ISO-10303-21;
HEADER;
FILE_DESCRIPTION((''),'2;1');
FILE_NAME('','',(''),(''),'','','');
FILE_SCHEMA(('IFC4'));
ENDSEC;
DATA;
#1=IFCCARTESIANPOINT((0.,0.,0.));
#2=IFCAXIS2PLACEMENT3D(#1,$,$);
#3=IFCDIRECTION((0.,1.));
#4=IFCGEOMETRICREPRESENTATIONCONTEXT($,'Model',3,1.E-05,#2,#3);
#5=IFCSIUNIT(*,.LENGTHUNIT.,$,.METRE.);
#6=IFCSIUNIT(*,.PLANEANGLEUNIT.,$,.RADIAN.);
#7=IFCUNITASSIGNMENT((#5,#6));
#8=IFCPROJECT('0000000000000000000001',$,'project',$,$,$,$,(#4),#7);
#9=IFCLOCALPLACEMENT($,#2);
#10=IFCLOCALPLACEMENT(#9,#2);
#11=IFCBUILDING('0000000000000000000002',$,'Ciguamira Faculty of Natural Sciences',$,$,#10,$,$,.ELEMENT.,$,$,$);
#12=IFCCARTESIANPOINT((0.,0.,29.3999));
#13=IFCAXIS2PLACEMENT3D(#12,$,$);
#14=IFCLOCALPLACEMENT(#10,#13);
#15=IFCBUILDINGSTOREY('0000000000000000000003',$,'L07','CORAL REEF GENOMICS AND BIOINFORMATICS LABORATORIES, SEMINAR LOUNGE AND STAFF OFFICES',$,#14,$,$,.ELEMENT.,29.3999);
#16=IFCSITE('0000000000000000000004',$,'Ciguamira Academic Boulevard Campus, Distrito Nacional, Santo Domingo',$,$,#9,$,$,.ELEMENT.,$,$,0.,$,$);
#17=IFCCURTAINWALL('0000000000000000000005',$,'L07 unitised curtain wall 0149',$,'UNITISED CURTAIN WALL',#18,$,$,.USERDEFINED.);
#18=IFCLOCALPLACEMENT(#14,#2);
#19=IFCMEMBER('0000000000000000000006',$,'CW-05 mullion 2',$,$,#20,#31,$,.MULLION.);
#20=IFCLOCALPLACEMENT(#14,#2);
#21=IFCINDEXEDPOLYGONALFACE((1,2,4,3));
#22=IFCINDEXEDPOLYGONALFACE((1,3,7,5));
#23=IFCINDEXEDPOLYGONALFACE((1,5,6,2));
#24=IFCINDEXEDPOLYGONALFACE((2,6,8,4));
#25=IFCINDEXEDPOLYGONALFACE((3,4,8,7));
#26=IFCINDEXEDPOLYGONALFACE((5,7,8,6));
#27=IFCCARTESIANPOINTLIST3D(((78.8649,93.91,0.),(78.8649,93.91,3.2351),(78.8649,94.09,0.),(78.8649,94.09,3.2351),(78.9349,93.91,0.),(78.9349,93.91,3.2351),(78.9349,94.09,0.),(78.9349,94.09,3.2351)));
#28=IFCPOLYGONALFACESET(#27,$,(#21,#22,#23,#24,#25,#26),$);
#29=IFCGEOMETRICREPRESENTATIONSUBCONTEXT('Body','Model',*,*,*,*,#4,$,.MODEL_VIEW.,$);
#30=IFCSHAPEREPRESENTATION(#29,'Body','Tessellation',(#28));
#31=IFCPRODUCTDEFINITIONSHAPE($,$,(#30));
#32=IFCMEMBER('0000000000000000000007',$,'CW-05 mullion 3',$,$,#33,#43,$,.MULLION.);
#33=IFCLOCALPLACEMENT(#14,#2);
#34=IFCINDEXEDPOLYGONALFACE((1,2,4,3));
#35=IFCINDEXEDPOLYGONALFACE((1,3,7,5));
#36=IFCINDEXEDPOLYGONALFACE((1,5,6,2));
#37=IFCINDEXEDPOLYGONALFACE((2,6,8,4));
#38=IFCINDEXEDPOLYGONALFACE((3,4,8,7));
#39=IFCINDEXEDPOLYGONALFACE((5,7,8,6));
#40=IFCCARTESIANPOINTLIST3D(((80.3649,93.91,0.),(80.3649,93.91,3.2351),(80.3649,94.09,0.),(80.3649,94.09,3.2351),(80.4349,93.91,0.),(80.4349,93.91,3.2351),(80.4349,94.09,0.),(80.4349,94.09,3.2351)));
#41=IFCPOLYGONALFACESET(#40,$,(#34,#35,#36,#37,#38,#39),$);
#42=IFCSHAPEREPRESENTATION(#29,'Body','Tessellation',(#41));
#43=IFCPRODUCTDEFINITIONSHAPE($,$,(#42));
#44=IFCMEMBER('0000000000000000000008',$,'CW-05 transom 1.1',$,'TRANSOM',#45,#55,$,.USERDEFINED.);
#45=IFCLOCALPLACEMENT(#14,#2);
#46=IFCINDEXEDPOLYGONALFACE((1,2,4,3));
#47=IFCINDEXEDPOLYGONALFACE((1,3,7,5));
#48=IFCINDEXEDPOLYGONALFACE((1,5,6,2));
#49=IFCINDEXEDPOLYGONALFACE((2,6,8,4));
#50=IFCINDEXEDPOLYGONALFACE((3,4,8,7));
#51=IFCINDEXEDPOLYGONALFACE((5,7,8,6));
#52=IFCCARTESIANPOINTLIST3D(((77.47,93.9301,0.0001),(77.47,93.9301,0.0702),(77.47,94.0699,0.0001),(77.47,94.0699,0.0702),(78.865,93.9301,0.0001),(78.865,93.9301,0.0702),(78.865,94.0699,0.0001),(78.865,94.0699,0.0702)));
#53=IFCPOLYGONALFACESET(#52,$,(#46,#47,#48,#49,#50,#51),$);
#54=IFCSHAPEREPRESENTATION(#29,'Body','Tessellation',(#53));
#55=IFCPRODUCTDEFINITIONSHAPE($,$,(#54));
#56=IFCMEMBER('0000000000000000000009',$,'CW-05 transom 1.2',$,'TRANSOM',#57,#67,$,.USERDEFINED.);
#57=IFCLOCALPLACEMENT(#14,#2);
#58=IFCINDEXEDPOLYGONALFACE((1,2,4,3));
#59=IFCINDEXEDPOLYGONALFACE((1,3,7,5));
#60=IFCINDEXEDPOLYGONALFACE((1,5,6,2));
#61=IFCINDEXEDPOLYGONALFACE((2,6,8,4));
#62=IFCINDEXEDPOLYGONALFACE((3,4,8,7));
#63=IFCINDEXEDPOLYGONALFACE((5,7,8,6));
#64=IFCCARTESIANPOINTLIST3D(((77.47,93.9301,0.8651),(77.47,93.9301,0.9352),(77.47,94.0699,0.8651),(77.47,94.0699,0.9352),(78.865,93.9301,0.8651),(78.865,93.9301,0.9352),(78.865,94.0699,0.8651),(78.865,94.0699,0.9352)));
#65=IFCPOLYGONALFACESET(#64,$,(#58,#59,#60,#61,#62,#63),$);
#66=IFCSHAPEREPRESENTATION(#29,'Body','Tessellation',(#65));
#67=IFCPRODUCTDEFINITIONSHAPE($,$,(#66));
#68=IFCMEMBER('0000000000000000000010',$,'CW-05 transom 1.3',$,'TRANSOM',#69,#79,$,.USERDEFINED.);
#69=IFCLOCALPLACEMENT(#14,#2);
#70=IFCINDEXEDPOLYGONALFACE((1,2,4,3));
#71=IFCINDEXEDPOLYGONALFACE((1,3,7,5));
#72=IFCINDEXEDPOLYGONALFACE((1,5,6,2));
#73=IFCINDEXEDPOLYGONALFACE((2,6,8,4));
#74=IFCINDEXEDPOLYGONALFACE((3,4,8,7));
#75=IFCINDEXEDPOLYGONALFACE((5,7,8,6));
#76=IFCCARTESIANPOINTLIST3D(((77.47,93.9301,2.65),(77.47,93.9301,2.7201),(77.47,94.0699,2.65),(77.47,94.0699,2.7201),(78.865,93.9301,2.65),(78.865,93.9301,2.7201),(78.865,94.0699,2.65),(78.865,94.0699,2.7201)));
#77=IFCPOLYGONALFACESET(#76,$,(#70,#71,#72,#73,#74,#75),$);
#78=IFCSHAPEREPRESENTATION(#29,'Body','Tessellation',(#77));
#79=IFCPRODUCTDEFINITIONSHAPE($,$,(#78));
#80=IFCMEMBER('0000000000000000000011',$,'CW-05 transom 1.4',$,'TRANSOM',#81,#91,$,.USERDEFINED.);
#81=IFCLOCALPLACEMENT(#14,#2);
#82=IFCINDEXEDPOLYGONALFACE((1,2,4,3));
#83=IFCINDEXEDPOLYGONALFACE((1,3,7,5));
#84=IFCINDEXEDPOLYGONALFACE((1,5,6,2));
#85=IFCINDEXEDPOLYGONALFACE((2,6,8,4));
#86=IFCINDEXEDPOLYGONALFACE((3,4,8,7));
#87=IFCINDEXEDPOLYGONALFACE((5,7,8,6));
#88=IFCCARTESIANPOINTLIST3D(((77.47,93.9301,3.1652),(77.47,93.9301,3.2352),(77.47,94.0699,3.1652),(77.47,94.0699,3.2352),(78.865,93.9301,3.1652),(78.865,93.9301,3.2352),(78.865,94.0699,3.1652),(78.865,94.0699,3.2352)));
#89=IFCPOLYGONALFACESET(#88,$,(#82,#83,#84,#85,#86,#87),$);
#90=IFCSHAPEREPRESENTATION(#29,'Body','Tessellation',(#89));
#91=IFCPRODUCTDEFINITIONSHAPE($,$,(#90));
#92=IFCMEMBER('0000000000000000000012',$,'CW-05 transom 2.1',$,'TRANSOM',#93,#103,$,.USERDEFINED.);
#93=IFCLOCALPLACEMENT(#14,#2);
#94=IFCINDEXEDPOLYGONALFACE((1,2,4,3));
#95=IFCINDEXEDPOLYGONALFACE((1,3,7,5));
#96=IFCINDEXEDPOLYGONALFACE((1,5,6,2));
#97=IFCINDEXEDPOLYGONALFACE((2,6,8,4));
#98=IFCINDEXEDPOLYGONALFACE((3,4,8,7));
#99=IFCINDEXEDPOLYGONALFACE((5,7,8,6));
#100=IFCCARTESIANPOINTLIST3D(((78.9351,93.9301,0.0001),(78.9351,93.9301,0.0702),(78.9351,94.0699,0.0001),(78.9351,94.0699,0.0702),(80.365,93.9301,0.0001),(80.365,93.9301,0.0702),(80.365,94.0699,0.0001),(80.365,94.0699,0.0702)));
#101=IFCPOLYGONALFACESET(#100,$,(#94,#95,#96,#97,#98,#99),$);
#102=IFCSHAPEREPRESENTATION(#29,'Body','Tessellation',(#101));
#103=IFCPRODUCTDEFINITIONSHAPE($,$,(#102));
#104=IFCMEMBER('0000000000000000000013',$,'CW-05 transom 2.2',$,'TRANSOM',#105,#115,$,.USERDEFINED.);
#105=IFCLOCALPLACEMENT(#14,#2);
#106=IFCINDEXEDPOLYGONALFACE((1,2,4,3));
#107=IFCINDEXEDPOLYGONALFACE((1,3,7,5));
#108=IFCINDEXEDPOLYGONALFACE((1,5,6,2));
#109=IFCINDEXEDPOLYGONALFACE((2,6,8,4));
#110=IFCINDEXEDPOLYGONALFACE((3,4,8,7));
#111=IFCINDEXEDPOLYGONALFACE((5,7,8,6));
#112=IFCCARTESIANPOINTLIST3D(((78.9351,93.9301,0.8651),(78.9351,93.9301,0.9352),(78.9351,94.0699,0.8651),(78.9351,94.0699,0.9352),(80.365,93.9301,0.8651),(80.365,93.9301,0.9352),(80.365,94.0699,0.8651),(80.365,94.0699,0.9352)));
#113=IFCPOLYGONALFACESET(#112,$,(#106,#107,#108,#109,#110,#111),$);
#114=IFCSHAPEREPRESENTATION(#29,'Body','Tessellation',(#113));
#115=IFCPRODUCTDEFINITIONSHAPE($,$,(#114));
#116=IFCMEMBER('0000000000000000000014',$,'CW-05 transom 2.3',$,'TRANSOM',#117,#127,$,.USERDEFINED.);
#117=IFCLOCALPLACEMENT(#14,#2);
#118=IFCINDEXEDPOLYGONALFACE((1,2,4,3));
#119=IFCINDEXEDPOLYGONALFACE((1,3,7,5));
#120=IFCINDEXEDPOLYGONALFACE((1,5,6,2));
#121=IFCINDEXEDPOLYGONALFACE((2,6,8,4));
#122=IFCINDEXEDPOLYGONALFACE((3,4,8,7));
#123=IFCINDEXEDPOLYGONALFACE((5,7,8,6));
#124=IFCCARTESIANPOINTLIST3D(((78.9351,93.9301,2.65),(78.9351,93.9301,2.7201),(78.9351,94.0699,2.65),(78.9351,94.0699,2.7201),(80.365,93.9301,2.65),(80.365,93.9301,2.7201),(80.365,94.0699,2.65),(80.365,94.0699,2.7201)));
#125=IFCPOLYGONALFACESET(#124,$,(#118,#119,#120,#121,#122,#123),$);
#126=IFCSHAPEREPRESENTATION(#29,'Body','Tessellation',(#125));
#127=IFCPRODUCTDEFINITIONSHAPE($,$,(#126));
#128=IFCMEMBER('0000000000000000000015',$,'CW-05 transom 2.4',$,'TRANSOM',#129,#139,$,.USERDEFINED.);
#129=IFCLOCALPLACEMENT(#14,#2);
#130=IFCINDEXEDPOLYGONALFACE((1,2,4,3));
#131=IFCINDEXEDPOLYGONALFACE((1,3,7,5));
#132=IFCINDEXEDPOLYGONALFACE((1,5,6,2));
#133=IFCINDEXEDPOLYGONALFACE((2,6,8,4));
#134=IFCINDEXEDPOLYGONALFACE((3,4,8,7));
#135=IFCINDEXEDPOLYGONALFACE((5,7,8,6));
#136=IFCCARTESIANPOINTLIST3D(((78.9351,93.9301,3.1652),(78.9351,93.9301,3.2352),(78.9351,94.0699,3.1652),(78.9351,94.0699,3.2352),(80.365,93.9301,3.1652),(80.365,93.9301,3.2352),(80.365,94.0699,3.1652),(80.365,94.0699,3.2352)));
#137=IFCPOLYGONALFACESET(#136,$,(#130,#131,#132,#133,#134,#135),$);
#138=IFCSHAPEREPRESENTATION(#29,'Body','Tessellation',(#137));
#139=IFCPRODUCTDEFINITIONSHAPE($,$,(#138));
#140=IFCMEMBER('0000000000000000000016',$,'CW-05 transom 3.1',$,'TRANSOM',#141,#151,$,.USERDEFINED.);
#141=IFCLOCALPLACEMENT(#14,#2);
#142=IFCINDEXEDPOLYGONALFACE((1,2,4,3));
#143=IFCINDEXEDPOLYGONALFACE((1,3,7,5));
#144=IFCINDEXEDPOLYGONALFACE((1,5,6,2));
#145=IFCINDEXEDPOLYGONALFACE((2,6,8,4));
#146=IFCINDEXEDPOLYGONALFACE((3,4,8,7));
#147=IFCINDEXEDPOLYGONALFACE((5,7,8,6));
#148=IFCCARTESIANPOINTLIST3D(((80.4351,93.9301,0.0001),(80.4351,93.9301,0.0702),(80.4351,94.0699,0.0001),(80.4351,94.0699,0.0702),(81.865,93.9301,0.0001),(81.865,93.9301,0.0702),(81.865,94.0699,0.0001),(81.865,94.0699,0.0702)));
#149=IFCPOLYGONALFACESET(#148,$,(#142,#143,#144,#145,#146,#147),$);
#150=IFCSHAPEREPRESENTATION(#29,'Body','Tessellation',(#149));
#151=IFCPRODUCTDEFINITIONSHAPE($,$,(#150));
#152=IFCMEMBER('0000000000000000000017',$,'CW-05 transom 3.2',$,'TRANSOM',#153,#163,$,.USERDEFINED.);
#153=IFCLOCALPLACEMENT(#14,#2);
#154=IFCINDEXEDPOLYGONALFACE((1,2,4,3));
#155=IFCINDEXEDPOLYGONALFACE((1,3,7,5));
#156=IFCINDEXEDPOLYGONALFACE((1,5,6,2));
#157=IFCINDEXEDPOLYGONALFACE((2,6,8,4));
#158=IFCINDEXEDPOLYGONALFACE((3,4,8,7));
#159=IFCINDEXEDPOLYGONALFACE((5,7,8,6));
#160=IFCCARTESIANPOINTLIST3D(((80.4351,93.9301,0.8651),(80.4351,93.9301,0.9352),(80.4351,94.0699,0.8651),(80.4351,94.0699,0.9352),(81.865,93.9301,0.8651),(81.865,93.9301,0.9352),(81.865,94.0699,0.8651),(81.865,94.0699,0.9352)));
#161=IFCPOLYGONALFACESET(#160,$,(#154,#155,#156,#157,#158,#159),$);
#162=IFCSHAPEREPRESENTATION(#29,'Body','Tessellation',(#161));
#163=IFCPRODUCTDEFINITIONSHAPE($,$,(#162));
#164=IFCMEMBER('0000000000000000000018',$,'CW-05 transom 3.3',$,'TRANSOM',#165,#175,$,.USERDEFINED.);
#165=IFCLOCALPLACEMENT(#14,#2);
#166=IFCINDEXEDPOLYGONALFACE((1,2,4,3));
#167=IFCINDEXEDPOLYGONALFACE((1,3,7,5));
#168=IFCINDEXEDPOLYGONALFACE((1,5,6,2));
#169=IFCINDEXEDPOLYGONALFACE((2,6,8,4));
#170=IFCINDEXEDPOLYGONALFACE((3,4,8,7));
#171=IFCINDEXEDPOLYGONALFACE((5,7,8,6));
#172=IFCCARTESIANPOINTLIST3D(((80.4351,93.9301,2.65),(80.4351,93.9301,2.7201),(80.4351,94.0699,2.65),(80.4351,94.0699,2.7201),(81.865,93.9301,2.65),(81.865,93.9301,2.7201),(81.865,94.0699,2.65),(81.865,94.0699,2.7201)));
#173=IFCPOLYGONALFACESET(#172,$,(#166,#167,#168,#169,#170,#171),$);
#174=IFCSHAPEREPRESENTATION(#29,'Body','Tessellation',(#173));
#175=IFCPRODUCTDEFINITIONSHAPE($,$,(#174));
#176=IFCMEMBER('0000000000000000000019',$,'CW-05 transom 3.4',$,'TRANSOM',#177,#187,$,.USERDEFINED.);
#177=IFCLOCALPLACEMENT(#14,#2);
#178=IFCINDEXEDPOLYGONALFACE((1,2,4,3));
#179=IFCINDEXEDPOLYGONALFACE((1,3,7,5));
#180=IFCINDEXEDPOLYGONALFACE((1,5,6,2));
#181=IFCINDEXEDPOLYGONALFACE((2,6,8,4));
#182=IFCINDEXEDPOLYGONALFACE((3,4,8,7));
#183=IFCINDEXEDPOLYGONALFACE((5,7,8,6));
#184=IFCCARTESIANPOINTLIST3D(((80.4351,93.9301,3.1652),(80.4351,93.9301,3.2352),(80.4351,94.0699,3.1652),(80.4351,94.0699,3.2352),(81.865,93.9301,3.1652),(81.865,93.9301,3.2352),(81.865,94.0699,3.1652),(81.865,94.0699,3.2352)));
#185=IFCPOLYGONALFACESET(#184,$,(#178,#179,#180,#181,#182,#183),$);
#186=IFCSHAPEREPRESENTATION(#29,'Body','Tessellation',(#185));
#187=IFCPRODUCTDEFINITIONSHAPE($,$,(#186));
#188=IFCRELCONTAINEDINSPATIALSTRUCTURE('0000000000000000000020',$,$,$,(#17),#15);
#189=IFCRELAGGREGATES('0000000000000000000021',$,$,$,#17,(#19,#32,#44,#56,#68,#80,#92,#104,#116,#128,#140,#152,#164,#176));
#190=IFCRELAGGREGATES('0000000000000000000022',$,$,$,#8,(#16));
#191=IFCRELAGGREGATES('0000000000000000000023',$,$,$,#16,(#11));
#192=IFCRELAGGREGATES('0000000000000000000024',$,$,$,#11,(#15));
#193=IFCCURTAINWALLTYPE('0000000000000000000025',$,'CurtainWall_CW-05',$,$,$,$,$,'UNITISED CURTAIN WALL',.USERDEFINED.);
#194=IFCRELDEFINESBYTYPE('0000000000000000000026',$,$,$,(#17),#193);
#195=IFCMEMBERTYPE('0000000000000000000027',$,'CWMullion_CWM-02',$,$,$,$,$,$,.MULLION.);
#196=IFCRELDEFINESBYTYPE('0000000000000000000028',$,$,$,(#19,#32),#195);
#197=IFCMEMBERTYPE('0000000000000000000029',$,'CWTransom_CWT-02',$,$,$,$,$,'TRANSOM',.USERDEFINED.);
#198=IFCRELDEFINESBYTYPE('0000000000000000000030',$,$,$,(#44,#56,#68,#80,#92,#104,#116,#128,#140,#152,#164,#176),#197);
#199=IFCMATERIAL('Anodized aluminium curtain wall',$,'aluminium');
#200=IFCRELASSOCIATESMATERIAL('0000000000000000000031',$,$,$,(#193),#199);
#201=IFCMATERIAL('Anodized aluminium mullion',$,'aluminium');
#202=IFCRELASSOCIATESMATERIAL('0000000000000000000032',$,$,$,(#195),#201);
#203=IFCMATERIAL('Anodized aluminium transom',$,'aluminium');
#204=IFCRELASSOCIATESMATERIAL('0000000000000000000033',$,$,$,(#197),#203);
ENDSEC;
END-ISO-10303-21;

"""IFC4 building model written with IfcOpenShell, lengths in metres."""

from ifc_helpers import new_model, si_unit, direction, frame, origin, origin_2d, place, context, subcontext, project, spatial, rectangle, extrude, material, material_profile, profile_set, type_object, element, aggregate, save


model = new_model("IFC4")

# Units and contexts
model_context = context("Model", 3, precision=1e-05, world=origin(), true_north=direction((0.0, 1.0)))
body_context = subcontext(model_context, "Body", "Model", "MODEL_VIEW")
ifc_project = project(units=[si_unit("LENGTHUNIT", "METRE"), si_unit("PLANEANGLEUNIT", "RADIAN")], contexts=[model_context])

# Site, building, storey
site_placement = place(None, origin())
site = spatial("IfcSite", under=ifc_project, at=site_placement, Name="Ciguamira Academic Boulevard Campus, Distrito Nacional, Santo Domingo", CompositionType="ELEMENT", RefElevation=0.0)
building_placement = place(site_placement, origin())
building = spatial("IfcBuilding", under=site, at=building_placement, Name="Ciguamira Faculty of Natural Sciences", CompositionType="ELEMENT")
storey_placement = place(building_placement, frame((0.0, 0.0, 29.3999)))
storey = spatial("IfcBuildingStorey", under=building, at=storey_placement, Name="L07", Description="CORAL REEF GENOMICS AND BIOINFORMATICS LABORATORIES, SEMINAR LOUNGE AND STAFF OFFICES", CompositionType="ELEMENT", Elevation=29.3999)

# Curtain wall, members
ifc_material_1 = material(Name="Anodized aluminium curtain wall", Category="aluminium")
curtain_wall_type = type_object("IfcCurtainWallType", Name="CurtainWall_CW-05", ElementType="UNITISED CURTAIN WALL", PredefinedType="USERDEFINED", material=ifc_material_1)
curtain_wall_placement = place(storey_placement, origin())
curtain_wall = element("IfcCurtainWall", 1, at=curtain_wall_placement, inside=storey, type_object=curtain_wall_type, Name="L07 unitised curtain wall 0149", ObjectType="UNITISED CURTAIN WALL", PredefinedType="USERDEFINED")
ifc_material_2 = material(Name="Anodized aluminium mullion", Category="aluminium")
ifc_material_profile_1 = material_profile(ifc_material_2, rectangle(XDim=0.0701, YDim=0.1799, at=origin_2d()), Name="ALU-MUL-70X180")
ifc_profile_set_1 = profile_set([ifc_material_profile_1], Name="Anodized aluminium mullion")
member_type_1 = type_object("IfcMemberType", Name="CWMullion_CWM-02", PredefinedType="MULLION", material=ifc_profile_set_1)
member_1_placement = place(storey_placement, frame((78.8999, 94.0, 0.0), z_axis=(0.0, 0.0, 1.0), x_axis=(1.0, 0.0, 0.0)))
member_1 = element("IfcMember", 2, at=member_1_placement, type_object=member_type_1, Name="CW-05 mullion 2", PredefinedType="MULLION", context=body_context, shape_type="SweptSolid", body=[
    extrude(rectangle(XDim=0.0701, YDim=0.1799, at=origin_2d()), origin(), (0.0, 0.0, 1.0), 3.2351),
])
member_2_placement = place(storey_placement, frame((80.3999, 94.0, 0.0), z_axis=(0.0, 0.0, 1.0), x_axis=(1.0, 0.0, 0.0)))
member_2 = element("IfcMember", 3, at=member_2_placement, type_object=member_type_1, Name="CW-05 mullion 3", PredefinedType="MULLION", context=body_context, shape_type="SweptSolid", body=[
    extrude(rectangle(XDim=0.0701, YDim=0.1799, at=origin_2d()), origin(), (0.0, 0.0, 1.0), 3.2351),
])
ifc_material_3 = material(Name="Anodized aluminium transom", Category="aluminium")
ifc_material_profile_2 = material_profile(ifc_material_3, rectangle(XDim=0.0701, YDim=0.1399, at=origin_2d()), Name="ALU-TRN-70X140")
ifc_profile_set_2 = profile_set([ifc_material_profile_2], Name="Anodized aluminium transom")
member_type_2 = type_object("IfcMemberType", Name="CWTransom_CWT-02", ElementType="TRANSOM", PredefinedType="USERDEFINED", material=ifc_profile_set_2)
member_3_placement = place(storey_placement, frame((77.47, 94.0, 0.0352), z_axis=(1.0, 0.0, 0.0), x_axis=(0.0, 0.0, 1.0)))
member_3 = element("IfcMember", 4, at=member_3_placement, type_object=member_type_2, Name="CW-05 transom 1.1", ObjectType="TRANSOM", PredefinedType="USERDEFINED", context=body_context, shape_type="SweptSolid", body=[
    extrude(rectangle(XDim=0.0701, YDim=0.1399, at=origin_2d()), origin(), (0.0, 0.0, 1.0), 1.395),
])
member_4_placement = place(storey_placement, frame((77.47, 94.0, 0.9001), z_axis=(1.0, 0.0, 0.0), x_axis=(0.0, 0.0, 1.0)))
member_4 = element("IfcMember", 5, at=member_4_placement, type_object=member_type_2, Name="CW-05 transom 1.2", ObjectType="TRANSOM", PredefinedType="USERDEFINED", context=body_context, shape_type="SweptSolid", body=[
    extrude(rectangle(XDim=0.0701, YDim=0.1399, at=origin_2d()), origin(), (0.0, 0.0, 1.0), 1.395),
])
member_5_placement = place(storey_placement, frame((77.47, 94.0, 2.6851), z_axis=(1.0, 0.0, 0.0), x_axis=(0.0, 0.0, 1.0)))
member_5 = element("IfcMember", 6, at=member_5_placement, type_object=member_type_2, Name="CW-05 transom 1.3", ObjectType="TRANSOM", PredefinedType="USERDEFINED", context=body_context, shape_type="SweptSolid", body=[
    extrude(rectangle(XDim=0.0701, YDim=0.1399, at=origin_2d()), origin(), (0.0, 0.0, 1.0), 1.395),
])
member_6_placement = place(storey_placement, frame((77.47, 94.0, 3.2002), z_axis=(1.0, 0.0, 0.0), x_axis=(0.0, 0.0, 1.0)))
member_6 = element("IfcMember", 7, at=member_6_placement, type_object=member_type_2, Name="CW-05 transom 1.4", ObjectType="TRANSOM", PredefinedType="USERDEFINED", context=body_context, shape_type="SweptSolid", body=[
    extrude(rectangle(XDim=0.0701, YDim=0.1399, at=origin_2d()), origin(), (0.0, 0.0, 1.0), 1.395),
])
member_7_placement = place(storey_placement, frame((78.9351, 94.0, 0.0352), z_axis=(1.0, 0.0, 0.0), x_axis=(0.0, 0.0, 1.0)))
member_7 = element("IfcMember", 8, at=member_7_placement, type_object=member_type_2, Name="CW-05 transom 2.1", ObjectType="TRANSOM", PredefinedType="USERDEFINED", context=body_context, shape_type="SweptSolid", body=[
    extrude(rectangle(XDim=0.0701, YDim=0.1399, at=origin_2d()), origin(), (0.0, 0.0, 1.0), 1.4299),
])
member_8_placement = place(storey_placement, frame((78.9351, 94.0, 0.9001), z_axis=(1.0, 0.0, 0.0), x_axis=(0.0, 0.0, 1.0)))
member_8 = element("IfcMember", 9, at=member_8_placement, type_object=member_type_2, Name="CW-05 transom 2.2", ObjectType="TRANSOM", PredefinedType="USERDEFINED", context=body_context, shape_type="SweptSolid", body=[
    extrude(rectangle(XDim=0.0701, YDim=0.1399, at=origin_2d()), origin(), (0.0, 0.0, 1.0), 1.4299),
])
member_9_placement = place(storey_placement, frame((78.9351, 94.0, 2.6851), z_axis=(1.0, 0.0, 0.0), x_axis=(0.0, 0.0, 1.0)))
member_9 = element("IfcMember", 10, at=member_9_placement, type_object=member_type_2, Name="CW-05 transom 2.3", ObjectType="TRANSOM", PredefinedType="USERDEFINED", context=body_context, shape_type="SweptSolid", body=[
    extrude(rectangle(XDim=0.0701, YDim=0.1399, at=origin_2d()), origin(), (0.0, 0.0, 1.0), 1.4299),
])
member_10_placement = place(storey_placement, frame((78.9351, 94.0, 3.2002), z_axis=(1.0, 0.0, 0.0), x_axis=(0.0, 0.0, 1.0)))
member_10 = element("IfcMember", 11, at=member_10_placement, type_object=member_type_2, Name="CW-05 transom 2.4", ObjectType="TRANSOM", PredefinedType="USERDEFINED", context=body_context, shape_type="SweptSolid", body=[
    extrude(rectangle(XDim=0.0701, YDim=0.1399, at=origin_2d()), origin(), (0.0, 0.0, 1.0), 1.4299),
])
member_11_placement = place(storey_placement, frame((80.4351, 94.0, 0.0352), z_axis=(1.0, 0.0, 0.0), x_axis=(0.0, 0.0, 1.0)))
member_11 = element("IfcMember", 12, at=member_11_placement, type_object=member_type_2, Name="CW-05 transom 3.1", ObjectType="TRANSOM", PredefinedType="USERDEFINED", context=body_context, shape_type="SweptSolid", body=[
    extrude(rectangle(XDim=0.0701, YDim=0.1399, at=origin_2d()), origin(), (0.0, 0.0, 1.0), 1.4299),
])
member_12_placement = place(storey_placement, frame((80.4351, 94.0, 0.9001), z_axis=(1.0, 0.0, 0.0), x_axis=(0.0, 0.0, 1.0)))
member_12 = element("IfcMember", 13, at=member_12_placement, type_object=member_type_2, Name="CW-05 transom 3.2", ObjectType="TRANSOM", PredefinedType="USERDEFINED", context=body_context, shape_type="SweptSolid", body=[
    extrude(rectangle(XDim=0.0701, YDim=0.1399, at=origin_2d()), origin(), (0.0, 0.0, 1.0), 1.4299),
])
member_13_placement = place(storey_placement, frame((80.4351, 94.0, 2.6851), z_axis=(1.0, 0.0, 0.0), x_axis=(0.0, 0.0, 1.0)))
member_13 = element("IfcMember", 14, at=member_13_placement, type_object=member_type_2, Name="CW-05 transom 3.3", ObjectType="TRANSOM", PredefinedType="USERDEFINED", context=body_context, shape_type="SweptSolid", body=[
    extrude(rectangle(XDim=0.0701, YDim=0.1399, at=origin_2d()), origin(), (0.0, 0.0, 1.0), 1.4299),
])
member_14_placement = place(storey_placement, frame((80.4351, 94.0, 3.2002), z_axis=(1.0, 0.0, 0.0), x_axis=(0.0, 0.0, 1.0)))
member_14 = element("IfcMember", 15, at=member_14_placement, type_object=member_type_2, Name="CW-05 transom 3.4", ObjectType="TRANSOM", PredefinedType="USERDEFINED", context=body_context, shape_type="SweptSolid", body=[
    extrude(rectangle(XDim=0.0701, YDim=0.1399, at=origin_2d()), origin(), (0.0, 0.0, 1.0), 1.4299),
])
aggregate(curtain_wall, [member_1, member_2, member_3, member_4, member_5, member_6, member_7, member_8, member_9, member_10, member_11, member_12, member_13, member_14])

save(model, "model.ifc")
